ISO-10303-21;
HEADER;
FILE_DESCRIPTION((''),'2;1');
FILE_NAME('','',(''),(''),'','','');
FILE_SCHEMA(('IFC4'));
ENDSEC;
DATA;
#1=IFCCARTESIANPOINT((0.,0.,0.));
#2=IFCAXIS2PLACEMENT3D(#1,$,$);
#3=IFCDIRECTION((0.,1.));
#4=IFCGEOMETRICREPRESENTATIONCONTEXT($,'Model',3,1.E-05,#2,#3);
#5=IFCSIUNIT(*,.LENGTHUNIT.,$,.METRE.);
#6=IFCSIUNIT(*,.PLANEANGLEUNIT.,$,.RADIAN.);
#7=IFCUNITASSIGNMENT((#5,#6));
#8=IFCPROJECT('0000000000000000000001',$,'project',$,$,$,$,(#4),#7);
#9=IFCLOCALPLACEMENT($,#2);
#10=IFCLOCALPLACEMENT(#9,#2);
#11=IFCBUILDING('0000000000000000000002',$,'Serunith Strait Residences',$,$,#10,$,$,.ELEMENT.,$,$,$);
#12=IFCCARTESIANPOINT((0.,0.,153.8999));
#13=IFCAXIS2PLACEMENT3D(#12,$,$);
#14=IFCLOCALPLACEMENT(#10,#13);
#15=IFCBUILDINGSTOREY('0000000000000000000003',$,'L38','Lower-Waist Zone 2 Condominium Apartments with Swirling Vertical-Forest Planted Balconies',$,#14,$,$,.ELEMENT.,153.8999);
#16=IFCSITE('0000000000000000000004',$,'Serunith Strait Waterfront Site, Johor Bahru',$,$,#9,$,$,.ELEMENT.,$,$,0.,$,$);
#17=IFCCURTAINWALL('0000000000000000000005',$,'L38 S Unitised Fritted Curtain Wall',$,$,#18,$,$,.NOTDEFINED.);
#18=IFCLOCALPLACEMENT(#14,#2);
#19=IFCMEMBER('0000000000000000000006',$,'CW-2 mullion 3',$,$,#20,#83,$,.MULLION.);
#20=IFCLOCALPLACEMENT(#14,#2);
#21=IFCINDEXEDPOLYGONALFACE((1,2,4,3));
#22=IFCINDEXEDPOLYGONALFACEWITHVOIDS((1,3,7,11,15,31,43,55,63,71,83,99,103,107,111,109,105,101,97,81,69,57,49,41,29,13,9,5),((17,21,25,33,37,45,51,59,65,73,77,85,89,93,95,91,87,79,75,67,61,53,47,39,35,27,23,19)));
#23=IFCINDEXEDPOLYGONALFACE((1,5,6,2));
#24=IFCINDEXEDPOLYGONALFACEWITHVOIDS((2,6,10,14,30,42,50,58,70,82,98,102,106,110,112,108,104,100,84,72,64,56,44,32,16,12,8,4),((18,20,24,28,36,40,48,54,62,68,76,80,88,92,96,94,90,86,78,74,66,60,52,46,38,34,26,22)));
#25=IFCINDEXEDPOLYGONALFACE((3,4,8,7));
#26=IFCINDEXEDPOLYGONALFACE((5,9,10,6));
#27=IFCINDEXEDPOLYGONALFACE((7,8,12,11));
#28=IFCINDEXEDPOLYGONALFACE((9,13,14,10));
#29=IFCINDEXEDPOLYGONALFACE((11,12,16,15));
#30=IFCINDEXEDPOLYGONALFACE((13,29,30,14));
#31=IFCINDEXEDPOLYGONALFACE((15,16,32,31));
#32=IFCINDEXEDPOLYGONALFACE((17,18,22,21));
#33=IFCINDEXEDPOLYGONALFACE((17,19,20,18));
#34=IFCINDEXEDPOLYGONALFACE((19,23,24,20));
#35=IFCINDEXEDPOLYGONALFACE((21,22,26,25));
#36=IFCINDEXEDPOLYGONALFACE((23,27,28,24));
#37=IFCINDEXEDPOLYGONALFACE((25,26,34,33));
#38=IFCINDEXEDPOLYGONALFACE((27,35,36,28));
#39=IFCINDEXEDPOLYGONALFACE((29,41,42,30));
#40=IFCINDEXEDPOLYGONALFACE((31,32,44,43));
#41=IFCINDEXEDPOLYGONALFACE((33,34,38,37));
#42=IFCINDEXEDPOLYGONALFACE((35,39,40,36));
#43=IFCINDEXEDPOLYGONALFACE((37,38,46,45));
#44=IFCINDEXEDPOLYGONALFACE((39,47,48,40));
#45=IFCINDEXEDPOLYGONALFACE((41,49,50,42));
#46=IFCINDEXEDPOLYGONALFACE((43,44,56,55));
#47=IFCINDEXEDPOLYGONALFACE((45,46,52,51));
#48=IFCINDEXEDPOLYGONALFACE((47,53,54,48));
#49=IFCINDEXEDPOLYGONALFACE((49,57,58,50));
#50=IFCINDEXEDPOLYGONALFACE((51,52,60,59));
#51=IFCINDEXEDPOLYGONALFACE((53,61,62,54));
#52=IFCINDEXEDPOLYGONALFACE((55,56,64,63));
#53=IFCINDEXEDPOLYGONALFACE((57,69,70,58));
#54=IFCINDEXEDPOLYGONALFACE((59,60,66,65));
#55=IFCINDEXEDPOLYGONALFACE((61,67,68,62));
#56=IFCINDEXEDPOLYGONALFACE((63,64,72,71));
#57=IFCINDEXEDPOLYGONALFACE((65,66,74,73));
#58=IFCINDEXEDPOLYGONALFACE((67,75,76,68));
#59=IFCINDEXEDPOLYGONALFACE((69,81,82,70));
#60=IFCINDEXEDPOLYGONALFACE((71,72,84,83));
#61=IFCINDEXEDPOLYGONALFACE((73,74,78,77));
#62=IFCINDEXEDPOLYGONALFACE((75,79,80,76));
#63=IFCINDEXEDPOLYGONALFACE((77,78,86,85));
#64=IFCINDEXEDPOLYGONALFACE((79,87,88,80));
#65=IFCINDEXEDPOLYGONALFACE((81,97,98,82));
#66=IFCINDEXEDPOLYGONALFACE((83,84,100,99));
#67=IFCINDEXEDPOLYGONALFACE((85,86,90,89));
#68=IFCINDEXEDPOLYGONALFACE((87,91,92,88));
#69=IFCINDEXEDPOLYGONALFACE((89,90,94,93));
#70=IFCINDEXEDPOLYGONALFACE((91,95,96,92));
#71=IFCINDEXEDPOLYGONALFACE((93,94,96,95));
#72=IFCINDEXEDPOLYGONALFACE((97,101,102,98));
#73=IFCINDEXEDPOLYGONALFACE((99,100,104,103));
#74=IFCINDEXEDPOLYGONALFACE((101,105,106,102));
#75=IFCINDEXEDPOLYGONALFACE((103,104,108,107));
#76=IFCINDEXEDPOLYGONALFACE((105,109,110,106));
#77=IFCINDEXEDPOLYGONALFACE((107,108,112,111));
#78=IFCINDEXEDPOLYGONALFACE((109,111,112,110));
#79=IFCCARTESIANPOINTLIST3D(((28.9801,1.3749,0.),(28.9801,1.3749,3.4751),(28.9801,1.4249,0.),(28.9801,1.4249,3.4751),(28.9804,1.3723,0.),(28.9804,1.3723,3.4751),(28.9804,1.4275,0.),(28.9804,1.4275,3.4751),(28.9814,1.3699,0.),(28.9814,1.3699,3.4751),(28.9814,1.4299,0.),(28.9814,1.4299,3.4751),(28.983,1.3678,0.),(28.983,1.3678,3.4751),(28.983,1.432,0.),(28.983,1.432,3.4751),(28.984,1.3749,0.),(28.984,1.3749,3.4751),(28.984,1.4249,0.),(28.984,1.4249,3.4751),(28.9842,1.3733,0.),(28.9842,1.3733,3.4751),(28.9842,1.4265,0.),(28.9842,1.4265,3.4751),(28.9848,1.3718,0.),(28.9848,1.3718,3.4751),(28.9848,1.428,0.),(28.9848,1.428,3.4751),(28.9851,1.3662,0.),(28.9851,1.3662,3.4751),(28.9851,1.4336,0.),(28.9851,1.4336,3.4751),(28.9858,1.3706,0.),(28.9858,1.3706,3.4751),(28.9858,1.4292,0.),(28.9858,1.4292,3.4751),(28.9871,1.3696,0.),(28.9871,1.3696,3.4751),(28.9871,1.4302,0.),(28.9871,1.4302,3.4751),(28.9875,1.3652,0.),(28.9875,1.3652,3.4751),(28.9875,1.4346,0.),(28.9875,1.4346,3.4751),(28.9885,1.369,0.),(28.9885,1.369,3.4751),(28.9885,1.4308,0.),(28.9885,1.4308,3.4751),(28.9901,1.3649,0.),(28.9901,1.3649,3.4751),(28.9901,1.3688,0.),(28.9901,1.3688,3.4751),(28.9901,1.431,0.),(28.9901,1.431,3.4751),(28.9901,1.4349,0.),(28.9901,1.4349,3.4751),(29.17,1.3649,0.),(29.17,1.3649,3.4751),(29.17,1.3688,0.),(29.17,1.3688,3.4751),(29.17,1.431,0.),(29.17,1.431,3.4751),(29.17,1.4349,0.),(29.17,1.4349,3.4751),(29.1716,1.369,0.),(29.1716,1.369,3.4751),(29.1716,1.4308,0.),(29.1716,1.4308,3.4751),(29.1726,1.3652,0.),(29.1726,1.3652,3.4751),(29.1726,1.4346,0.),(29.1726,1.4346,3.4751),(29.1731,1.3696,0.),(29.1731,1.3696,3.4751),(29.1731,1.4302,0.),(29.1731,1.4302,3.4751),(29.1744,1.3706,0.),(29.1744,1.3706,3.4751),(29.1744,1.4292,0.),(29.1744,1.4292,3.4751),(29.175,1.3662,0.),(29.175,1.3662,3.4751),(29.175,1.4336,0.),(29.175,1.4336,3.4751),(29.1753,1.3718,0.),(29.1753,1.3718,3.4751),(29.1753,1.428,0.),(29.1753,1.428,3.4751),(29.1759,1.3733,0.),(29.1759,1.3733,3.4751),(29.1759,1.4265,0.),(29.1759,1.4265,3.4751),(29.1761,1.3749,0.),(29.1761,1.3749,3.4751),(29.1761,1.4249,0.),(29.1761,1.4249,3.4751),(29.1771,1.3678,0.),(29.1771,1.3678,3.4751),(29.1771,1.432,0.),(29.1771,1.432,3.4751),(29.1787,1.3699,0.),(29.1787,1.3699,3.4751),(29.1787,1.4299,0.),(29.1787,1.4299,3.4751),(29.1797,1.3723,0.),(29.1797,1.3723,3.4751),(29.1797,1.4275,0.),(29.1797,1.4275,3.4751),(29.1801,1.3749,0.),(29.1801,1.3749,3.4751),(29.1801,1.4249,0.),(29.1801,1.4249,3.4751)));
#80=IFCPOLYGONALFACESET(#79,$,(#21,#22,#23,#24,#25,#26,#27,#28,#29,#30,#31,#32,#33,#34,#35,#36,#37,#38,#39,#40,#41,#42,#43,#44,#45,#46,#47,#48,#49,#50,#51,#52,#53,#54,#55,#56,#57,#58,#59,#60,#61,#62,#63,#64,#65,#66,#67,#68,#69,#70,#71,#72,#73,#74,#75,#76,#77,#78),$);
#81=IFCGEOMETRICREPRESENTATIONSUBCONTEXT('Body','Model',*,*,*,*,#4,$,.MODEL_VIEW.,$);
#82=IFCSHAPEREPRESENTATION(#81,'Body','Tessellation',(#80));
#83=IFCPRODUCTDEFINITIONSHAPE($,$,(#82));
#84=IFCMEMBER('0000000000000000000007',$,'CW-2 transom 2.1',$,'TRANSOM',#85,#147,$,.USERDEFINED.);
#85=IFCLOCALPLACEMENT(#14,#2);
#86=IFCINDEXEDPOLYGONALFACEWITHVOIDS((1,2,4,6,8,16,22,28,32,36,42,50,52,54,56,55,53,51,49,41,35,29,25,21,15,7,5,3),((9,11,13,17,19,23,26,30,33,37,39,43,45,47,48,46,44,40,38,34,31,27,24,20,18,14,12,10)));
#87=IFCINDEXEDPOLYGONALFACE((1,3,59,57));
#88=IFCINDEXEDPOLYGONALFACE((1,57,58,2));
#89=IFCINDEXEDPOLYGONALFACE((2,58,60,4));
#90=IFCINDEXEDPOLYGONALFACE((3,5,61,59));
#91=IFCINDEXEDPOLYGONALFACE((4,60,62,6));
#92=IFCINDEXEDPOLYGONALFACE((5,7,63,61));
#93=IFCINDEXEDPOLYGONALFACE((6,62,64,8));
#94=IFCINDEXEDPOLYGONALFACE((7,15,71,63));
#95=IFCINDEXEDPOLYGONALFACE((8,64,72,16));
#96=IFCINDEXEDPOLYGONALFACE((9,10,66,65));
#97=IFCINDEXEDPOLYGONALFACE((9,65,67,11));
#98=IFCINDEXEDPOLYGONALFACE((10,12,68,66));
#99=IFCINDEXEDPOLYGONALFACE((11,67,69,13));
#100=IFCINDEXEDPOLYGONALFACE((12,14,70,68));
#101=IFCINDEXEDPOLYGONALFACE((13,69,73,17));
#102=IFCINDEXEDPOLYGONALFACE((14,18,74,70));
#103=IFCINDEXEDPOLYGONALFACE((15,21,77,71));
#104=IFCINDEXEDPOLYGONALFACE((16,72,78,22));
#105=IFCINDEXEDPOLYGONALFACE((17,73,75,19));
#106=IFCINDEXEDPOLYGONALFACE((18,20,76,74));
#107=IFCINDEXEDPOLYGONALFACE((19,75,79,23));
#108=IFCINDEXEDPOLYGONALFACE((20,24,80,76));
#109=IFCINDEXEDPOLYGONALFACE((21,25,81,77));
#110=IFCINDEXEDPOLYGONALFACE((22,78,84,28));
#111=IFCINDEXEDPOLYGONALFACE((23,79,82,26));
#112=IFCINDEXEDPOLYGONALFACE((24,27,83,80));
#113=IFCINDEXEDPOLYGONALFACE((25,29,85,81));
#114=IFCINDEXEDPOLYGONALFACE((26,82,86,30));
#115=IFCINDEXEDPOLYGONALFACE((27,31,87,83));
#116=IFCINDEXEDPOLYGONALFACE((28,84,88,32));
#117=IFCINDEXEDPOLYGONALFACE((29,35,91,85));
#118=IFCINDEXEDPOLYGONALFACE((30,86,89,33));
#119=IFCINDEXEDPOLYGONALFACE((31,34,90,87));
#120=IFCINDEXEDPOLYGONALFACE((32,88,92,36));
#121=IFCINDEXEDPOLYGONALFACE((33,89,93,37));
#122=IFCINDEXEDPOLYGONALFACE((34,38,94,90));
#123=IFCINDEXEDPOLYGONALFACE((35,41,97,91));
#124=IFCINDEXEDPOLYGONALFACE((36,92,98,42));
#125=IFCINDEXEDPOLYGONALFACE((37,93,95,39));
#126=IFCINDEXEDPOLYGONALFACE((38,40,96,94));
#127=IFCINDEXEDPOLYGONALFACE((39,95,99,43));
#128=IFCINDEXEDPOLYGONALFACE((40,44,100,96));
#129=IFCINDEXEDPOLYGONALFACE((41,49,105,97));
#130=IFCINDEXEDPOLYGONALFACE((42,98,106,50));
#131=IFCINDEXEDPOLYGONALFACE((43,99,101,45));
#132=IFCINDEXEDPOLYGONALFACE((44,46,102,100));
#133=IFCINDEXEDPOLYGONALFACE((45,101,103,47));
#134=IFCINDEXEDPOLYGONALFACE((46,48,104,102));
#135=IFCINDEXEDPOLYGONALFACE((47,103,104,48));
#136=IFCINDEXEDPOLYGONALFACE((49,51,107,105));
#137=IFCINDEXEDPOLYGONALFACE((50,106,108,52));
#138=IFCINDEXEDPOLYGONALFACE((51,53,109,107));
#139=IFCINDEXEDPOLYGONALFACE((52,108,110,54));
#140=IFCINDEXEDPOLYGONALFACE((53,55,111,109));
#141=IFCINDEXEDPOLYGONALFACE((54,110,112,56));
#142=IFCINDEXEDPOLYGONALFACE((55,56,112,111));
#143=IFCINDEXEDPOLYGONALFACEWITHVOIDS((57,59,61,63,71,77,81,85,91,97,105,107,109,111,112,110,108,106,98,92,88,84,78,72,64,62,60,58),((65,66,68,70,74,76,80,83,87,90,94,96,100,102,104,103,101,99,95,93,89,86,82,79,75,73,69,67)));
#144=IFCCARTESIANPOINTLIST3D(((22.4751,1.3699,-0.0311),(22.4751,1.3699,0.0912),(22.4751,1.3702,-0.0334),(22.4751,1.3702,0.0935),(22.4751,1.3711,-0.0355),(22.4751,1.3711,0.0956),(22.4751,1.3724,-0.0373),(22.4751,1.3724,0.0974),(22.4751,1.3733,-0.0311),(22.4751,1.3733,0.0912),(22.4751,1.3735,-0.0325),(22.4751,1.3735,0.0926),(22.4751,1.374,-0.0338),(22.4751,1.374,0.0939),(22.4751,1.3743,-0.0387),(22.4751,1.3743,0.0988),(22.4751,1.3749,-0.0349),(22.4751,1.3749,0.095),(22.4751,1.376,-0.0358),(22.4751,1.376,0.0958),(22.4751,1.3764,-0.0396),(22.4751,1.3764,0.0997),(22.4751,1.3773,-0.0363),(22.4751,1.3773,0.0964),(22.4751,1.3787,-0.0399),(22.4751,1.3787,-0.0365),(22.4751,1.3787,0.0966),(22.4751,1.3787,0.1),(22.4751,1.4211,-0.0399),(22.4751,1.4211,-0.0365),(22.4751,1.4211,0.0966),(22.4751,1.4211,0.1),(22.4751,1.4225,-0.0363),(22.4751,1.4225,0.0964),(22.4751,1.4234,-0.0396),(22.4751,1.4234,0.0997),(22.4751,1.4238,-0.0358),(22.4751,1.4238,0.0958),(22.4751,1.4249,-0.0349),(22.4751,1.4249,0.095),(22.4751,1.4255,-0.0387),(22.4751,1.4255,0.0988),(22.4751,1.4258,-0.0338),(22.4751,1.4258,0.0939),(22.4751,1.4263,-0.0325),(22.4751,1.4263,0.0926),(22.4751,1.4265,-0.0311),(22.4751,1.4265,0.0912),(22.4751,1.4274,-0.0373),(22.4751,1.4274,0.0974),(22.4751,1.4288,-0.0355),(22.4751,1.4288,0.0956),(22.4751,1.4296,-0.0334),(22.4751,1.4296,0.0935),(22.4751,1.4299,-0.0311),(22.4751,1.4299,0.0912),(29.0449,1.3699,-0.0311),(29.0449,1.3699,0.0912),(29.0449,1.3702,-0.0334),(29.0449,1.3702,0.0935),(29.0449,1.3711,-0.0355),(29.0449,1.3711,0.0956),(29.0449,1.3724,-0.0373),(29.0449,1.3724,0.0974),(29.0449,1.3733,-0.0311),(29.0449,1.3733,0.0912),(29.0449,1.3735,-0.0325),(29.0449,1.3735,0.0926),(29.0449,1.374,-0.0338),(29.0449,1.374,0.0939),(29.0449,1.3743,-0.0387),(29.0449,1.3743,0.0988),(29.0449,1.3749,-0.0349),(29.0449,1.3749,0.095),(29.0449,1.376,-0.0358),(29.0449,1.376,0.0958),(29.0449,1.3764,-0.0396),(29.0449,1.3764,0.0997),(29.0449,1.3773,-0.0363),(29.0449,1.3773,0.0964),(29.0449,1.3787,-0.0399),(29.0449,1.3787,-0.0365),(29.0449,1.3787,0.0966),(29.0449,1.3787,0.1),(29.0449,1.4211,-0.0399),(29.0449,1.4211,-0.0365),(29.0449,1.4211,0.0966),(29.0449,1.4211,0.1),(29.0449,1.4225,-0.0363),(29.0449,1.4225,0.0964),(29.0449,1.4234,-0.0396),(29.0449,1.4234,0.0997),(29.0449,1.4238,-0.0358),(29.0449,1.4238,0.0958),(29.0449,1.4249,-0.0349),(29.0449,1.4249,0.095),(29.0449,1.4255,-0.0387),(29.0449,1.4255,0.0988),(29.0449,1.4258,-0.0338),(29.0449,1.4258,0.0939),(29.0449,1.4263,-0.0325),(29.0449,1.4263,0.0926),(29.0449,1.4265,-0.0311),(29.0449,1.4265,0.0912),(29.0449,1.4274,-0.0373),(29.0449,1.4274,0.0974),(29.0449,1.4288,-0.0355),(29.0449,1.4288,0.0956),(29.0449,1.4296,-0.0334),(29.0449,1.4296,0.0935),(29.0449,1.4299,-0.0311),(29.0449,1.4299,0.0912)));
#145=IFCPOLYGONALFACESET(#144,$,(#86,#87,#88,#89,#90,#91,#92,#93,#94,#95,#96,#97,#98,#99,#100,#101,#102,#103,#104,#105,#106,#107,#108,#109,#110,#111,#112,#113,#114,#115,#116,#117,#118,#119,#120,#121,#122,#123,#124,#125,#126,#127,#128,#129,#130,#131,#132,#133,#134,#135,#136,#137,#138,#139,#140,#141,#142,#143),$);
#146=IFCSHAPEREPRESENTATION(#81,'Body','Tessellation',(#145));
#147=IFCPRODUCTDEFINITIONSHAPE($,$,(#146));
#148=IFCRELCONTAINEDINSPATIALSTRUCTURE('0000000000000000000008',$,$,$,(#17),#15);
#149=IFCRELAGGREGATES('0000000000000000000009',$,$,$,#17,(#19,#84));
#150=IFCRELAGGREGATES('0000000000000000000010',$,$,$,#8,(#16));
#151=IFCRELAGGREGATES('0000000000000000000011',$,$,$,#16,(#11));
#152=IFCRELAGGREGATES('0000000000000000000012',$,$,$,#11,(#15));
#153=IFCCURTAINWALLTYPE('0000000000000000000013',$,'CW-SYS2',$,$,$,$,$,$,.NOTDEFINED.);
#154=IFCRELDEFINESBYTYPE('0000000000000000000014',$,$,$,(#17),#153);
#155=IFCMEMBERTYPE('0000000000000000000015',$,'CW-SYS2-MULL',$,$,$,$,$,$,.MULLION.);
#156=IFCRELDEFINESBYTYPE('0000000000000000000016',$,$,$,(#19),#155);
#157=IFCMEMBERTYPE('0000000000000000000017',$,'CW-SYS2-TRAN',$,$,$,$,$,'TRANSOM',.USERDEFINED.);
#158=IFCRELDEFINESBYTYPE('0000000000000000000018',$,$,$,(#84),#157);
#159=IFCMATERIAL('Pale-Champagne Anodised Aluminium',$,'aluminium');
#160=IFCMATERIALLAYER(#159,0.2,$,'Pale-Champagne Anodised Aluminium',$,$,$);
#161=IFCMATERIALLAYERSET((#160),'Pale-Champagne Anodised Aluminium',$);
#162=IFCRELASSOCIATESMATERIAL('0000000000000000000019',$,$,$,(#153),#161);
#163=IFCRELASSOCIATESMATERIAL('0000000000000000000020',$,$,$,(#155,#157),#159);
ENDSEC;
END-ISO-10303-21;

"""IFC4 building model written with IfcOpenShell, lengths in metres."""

from ifc_helpers import new_model, si_unit, direction, frame, origin, origin_2d, place, context, subcontext, project, spatial, hollow_rectangle, extrude, source, transform, mapped, material, layer, layer_set, material_profile, profile_set, type_object, element, aggregate, save


model = new_model("IFC4")

# Units and contexts
model_context = context("Model", 3, precision=1e-05, world=origin(), true_north=direction((0.0, 1.0)))
body_context = subcontext(model_context, "Body", "Model", "MODEL_VIEW")
ifc_project = project(units=[si_unit("LENGTHUNIT", "METRE"), si_unit("PLANEANGLEUNIT", "RADIAN")], contexts=[model_context])

# Site, building, storey
site_placement = place(None, origin())
site = spatial("IfcSite", under=ifc_project, at=site_placement, Name="Serunith Strait Waterfront Site, Johor Bahru", CompositionType="ELEMENT", RefElevation=0.0)
building_placement = place(site_placement, origin())
building = spatial("IfcBuilding", under=site, at=building_placement, Name="Serunith Strait Residences", CompositionType="ELEMENT")
storey_placement = place(building_placement, frame((0.0, 0.0, 153.8999)))
storey = spatial("IfcBuildingStorey", under=building, at=storey_placement, Name="L38", Description="Lower-Waist Zone 2 Condominium Apartments with Swirling Vertical-Forest Planted Balconies", CompositionType="ELEMENT", Elevation=153.8999)

# Curtain wall, members
ifc_material_1 = material(Name="Pale-Champagne Anodised Aluminium", Category="aluminium")
ifc_layer_1 = layer(ifc_material_1, 0.2, Name="Pale-Champagne Anodised Aluminium")
ifc_layer_set_1 = layer_set([ifc_layer_1], Name="Pale-Champagne Anodised Aluminium")
curtain_wall_type = type_object("IfcCurtainWallType", Name="CW-SYS2", PredefinedType="NOTDEFINED", material=ifc_layer_set_1)
curtain_wall_placement = place(storey_placement, origin())
curtain_wall = element("IfcCurtainWall", 1, at=curtain_wall_placement, inside=storey, type_object=curtain_wall_type, Name="L38 S Unitised Fritted Curtain Wall", PredefinedType="NOTDEFINED")
ifc_material_profile_1 = material_profile(ifc_material_1, hollow_rectangle(XDim=0.0701, YDim=0.2, WallThickness=0.0039, InnerFilletRadius=0.0061, OuterFilletRadius=0.01, at=origin_2d()), Name="ALU 200x70x4")
ifc_profile_set_1 = profile_set([ifc_material_profile_1], Name="Pale-Champagne Anodised Aluminium")
member_type_1 = type_object("IfcMemberType", Name="CW-SYS2-MULL", PredefinedType="MULLION", material=ifc_profile_set_1)
shared_shape_1 = source(origin(), body_context, "Body", "SweptSolid", [
    extrude(hollow_rectangle(XDim=0.0701, YDim=0.2, WallThickness=0.0039, InnerFilletRadius=0.0061, OuterFilletRadius=0.01, at=origin_2d()), origin(), (0.0, 0.0, 1.0), 3.4751),
])
member_1_placement = place(storey_placement, frame((29.0801, 1.3999, 0.0), z_axis=(0.0, 0.0, 1.0), x_axis=(0.0, 1.0, 0.0)))
member_1 = element("IfcMember", 2, at=member_1_placement, type_object=member_type_1, Name="CW-2 mullion 3", PredefinedType="MULLION", context=body_context, shape_type="MappedRepresentation", body=[
    mapped(shared_shape_1, transform((0.0, 0.0, 0.0), scale=1.0)),
])
ifc_material_profile_2 = material_profile(ifc_material_1, hollow_rectangle(XDim=0.0601, YDim=0.1399, WallThickness=0.0034, InnerFilletRadius=0.0054, OuterFilletRadius=0.0088, at=origin_2d()), Name="ALU 140x60x3.5")
ifc_profile_set_2 = profile_set([ifc_material_profile_2], Name="Pale-Champagne Anodised Aluminium")
member_type_2 = type_object("IfcMemberType", Name="CW-SYS2-TRAN", ElementType="TRANSOM", PredefinedType="USERDEFINED", material=ifc_profile_set_2)
shared_shape_2 = source(origin(), body_context, "Body", "SweptSolid", [
    extrude(hollow_rectangle(XDim=0.0601, YDim=0.1399, WallThickness=0.0034, InnerFilletRadius=0.0054, OuterFilletRadius=0.0088, at=origin_2d()), origin(), (0.0, 0.0, 1.0), 6.5698),
])
member_2_placement = place(storey_placement, frame((22.4751, 1.3999, 0.03), z_axis=(1.0, 0.0, 0.0), x_axis=(0.0, 1.0, 0.0)))
member_2 = element("IfcMember", 3, at=member_2_placement, type_object=member_type_2, Name="CW-2 transom 2.1", ObjectType="TRANSOM", PredefinedType="USERDEFINED", context=body_context, shape_type="MappedRepresentation", body=[
    mapped(shared_shape_2, transform((0.0, 0.0, 0.0), scale=1.0)),
])
aggregate(curtain_wall, [member_1, member_2])

save(model, "model.ifc")
